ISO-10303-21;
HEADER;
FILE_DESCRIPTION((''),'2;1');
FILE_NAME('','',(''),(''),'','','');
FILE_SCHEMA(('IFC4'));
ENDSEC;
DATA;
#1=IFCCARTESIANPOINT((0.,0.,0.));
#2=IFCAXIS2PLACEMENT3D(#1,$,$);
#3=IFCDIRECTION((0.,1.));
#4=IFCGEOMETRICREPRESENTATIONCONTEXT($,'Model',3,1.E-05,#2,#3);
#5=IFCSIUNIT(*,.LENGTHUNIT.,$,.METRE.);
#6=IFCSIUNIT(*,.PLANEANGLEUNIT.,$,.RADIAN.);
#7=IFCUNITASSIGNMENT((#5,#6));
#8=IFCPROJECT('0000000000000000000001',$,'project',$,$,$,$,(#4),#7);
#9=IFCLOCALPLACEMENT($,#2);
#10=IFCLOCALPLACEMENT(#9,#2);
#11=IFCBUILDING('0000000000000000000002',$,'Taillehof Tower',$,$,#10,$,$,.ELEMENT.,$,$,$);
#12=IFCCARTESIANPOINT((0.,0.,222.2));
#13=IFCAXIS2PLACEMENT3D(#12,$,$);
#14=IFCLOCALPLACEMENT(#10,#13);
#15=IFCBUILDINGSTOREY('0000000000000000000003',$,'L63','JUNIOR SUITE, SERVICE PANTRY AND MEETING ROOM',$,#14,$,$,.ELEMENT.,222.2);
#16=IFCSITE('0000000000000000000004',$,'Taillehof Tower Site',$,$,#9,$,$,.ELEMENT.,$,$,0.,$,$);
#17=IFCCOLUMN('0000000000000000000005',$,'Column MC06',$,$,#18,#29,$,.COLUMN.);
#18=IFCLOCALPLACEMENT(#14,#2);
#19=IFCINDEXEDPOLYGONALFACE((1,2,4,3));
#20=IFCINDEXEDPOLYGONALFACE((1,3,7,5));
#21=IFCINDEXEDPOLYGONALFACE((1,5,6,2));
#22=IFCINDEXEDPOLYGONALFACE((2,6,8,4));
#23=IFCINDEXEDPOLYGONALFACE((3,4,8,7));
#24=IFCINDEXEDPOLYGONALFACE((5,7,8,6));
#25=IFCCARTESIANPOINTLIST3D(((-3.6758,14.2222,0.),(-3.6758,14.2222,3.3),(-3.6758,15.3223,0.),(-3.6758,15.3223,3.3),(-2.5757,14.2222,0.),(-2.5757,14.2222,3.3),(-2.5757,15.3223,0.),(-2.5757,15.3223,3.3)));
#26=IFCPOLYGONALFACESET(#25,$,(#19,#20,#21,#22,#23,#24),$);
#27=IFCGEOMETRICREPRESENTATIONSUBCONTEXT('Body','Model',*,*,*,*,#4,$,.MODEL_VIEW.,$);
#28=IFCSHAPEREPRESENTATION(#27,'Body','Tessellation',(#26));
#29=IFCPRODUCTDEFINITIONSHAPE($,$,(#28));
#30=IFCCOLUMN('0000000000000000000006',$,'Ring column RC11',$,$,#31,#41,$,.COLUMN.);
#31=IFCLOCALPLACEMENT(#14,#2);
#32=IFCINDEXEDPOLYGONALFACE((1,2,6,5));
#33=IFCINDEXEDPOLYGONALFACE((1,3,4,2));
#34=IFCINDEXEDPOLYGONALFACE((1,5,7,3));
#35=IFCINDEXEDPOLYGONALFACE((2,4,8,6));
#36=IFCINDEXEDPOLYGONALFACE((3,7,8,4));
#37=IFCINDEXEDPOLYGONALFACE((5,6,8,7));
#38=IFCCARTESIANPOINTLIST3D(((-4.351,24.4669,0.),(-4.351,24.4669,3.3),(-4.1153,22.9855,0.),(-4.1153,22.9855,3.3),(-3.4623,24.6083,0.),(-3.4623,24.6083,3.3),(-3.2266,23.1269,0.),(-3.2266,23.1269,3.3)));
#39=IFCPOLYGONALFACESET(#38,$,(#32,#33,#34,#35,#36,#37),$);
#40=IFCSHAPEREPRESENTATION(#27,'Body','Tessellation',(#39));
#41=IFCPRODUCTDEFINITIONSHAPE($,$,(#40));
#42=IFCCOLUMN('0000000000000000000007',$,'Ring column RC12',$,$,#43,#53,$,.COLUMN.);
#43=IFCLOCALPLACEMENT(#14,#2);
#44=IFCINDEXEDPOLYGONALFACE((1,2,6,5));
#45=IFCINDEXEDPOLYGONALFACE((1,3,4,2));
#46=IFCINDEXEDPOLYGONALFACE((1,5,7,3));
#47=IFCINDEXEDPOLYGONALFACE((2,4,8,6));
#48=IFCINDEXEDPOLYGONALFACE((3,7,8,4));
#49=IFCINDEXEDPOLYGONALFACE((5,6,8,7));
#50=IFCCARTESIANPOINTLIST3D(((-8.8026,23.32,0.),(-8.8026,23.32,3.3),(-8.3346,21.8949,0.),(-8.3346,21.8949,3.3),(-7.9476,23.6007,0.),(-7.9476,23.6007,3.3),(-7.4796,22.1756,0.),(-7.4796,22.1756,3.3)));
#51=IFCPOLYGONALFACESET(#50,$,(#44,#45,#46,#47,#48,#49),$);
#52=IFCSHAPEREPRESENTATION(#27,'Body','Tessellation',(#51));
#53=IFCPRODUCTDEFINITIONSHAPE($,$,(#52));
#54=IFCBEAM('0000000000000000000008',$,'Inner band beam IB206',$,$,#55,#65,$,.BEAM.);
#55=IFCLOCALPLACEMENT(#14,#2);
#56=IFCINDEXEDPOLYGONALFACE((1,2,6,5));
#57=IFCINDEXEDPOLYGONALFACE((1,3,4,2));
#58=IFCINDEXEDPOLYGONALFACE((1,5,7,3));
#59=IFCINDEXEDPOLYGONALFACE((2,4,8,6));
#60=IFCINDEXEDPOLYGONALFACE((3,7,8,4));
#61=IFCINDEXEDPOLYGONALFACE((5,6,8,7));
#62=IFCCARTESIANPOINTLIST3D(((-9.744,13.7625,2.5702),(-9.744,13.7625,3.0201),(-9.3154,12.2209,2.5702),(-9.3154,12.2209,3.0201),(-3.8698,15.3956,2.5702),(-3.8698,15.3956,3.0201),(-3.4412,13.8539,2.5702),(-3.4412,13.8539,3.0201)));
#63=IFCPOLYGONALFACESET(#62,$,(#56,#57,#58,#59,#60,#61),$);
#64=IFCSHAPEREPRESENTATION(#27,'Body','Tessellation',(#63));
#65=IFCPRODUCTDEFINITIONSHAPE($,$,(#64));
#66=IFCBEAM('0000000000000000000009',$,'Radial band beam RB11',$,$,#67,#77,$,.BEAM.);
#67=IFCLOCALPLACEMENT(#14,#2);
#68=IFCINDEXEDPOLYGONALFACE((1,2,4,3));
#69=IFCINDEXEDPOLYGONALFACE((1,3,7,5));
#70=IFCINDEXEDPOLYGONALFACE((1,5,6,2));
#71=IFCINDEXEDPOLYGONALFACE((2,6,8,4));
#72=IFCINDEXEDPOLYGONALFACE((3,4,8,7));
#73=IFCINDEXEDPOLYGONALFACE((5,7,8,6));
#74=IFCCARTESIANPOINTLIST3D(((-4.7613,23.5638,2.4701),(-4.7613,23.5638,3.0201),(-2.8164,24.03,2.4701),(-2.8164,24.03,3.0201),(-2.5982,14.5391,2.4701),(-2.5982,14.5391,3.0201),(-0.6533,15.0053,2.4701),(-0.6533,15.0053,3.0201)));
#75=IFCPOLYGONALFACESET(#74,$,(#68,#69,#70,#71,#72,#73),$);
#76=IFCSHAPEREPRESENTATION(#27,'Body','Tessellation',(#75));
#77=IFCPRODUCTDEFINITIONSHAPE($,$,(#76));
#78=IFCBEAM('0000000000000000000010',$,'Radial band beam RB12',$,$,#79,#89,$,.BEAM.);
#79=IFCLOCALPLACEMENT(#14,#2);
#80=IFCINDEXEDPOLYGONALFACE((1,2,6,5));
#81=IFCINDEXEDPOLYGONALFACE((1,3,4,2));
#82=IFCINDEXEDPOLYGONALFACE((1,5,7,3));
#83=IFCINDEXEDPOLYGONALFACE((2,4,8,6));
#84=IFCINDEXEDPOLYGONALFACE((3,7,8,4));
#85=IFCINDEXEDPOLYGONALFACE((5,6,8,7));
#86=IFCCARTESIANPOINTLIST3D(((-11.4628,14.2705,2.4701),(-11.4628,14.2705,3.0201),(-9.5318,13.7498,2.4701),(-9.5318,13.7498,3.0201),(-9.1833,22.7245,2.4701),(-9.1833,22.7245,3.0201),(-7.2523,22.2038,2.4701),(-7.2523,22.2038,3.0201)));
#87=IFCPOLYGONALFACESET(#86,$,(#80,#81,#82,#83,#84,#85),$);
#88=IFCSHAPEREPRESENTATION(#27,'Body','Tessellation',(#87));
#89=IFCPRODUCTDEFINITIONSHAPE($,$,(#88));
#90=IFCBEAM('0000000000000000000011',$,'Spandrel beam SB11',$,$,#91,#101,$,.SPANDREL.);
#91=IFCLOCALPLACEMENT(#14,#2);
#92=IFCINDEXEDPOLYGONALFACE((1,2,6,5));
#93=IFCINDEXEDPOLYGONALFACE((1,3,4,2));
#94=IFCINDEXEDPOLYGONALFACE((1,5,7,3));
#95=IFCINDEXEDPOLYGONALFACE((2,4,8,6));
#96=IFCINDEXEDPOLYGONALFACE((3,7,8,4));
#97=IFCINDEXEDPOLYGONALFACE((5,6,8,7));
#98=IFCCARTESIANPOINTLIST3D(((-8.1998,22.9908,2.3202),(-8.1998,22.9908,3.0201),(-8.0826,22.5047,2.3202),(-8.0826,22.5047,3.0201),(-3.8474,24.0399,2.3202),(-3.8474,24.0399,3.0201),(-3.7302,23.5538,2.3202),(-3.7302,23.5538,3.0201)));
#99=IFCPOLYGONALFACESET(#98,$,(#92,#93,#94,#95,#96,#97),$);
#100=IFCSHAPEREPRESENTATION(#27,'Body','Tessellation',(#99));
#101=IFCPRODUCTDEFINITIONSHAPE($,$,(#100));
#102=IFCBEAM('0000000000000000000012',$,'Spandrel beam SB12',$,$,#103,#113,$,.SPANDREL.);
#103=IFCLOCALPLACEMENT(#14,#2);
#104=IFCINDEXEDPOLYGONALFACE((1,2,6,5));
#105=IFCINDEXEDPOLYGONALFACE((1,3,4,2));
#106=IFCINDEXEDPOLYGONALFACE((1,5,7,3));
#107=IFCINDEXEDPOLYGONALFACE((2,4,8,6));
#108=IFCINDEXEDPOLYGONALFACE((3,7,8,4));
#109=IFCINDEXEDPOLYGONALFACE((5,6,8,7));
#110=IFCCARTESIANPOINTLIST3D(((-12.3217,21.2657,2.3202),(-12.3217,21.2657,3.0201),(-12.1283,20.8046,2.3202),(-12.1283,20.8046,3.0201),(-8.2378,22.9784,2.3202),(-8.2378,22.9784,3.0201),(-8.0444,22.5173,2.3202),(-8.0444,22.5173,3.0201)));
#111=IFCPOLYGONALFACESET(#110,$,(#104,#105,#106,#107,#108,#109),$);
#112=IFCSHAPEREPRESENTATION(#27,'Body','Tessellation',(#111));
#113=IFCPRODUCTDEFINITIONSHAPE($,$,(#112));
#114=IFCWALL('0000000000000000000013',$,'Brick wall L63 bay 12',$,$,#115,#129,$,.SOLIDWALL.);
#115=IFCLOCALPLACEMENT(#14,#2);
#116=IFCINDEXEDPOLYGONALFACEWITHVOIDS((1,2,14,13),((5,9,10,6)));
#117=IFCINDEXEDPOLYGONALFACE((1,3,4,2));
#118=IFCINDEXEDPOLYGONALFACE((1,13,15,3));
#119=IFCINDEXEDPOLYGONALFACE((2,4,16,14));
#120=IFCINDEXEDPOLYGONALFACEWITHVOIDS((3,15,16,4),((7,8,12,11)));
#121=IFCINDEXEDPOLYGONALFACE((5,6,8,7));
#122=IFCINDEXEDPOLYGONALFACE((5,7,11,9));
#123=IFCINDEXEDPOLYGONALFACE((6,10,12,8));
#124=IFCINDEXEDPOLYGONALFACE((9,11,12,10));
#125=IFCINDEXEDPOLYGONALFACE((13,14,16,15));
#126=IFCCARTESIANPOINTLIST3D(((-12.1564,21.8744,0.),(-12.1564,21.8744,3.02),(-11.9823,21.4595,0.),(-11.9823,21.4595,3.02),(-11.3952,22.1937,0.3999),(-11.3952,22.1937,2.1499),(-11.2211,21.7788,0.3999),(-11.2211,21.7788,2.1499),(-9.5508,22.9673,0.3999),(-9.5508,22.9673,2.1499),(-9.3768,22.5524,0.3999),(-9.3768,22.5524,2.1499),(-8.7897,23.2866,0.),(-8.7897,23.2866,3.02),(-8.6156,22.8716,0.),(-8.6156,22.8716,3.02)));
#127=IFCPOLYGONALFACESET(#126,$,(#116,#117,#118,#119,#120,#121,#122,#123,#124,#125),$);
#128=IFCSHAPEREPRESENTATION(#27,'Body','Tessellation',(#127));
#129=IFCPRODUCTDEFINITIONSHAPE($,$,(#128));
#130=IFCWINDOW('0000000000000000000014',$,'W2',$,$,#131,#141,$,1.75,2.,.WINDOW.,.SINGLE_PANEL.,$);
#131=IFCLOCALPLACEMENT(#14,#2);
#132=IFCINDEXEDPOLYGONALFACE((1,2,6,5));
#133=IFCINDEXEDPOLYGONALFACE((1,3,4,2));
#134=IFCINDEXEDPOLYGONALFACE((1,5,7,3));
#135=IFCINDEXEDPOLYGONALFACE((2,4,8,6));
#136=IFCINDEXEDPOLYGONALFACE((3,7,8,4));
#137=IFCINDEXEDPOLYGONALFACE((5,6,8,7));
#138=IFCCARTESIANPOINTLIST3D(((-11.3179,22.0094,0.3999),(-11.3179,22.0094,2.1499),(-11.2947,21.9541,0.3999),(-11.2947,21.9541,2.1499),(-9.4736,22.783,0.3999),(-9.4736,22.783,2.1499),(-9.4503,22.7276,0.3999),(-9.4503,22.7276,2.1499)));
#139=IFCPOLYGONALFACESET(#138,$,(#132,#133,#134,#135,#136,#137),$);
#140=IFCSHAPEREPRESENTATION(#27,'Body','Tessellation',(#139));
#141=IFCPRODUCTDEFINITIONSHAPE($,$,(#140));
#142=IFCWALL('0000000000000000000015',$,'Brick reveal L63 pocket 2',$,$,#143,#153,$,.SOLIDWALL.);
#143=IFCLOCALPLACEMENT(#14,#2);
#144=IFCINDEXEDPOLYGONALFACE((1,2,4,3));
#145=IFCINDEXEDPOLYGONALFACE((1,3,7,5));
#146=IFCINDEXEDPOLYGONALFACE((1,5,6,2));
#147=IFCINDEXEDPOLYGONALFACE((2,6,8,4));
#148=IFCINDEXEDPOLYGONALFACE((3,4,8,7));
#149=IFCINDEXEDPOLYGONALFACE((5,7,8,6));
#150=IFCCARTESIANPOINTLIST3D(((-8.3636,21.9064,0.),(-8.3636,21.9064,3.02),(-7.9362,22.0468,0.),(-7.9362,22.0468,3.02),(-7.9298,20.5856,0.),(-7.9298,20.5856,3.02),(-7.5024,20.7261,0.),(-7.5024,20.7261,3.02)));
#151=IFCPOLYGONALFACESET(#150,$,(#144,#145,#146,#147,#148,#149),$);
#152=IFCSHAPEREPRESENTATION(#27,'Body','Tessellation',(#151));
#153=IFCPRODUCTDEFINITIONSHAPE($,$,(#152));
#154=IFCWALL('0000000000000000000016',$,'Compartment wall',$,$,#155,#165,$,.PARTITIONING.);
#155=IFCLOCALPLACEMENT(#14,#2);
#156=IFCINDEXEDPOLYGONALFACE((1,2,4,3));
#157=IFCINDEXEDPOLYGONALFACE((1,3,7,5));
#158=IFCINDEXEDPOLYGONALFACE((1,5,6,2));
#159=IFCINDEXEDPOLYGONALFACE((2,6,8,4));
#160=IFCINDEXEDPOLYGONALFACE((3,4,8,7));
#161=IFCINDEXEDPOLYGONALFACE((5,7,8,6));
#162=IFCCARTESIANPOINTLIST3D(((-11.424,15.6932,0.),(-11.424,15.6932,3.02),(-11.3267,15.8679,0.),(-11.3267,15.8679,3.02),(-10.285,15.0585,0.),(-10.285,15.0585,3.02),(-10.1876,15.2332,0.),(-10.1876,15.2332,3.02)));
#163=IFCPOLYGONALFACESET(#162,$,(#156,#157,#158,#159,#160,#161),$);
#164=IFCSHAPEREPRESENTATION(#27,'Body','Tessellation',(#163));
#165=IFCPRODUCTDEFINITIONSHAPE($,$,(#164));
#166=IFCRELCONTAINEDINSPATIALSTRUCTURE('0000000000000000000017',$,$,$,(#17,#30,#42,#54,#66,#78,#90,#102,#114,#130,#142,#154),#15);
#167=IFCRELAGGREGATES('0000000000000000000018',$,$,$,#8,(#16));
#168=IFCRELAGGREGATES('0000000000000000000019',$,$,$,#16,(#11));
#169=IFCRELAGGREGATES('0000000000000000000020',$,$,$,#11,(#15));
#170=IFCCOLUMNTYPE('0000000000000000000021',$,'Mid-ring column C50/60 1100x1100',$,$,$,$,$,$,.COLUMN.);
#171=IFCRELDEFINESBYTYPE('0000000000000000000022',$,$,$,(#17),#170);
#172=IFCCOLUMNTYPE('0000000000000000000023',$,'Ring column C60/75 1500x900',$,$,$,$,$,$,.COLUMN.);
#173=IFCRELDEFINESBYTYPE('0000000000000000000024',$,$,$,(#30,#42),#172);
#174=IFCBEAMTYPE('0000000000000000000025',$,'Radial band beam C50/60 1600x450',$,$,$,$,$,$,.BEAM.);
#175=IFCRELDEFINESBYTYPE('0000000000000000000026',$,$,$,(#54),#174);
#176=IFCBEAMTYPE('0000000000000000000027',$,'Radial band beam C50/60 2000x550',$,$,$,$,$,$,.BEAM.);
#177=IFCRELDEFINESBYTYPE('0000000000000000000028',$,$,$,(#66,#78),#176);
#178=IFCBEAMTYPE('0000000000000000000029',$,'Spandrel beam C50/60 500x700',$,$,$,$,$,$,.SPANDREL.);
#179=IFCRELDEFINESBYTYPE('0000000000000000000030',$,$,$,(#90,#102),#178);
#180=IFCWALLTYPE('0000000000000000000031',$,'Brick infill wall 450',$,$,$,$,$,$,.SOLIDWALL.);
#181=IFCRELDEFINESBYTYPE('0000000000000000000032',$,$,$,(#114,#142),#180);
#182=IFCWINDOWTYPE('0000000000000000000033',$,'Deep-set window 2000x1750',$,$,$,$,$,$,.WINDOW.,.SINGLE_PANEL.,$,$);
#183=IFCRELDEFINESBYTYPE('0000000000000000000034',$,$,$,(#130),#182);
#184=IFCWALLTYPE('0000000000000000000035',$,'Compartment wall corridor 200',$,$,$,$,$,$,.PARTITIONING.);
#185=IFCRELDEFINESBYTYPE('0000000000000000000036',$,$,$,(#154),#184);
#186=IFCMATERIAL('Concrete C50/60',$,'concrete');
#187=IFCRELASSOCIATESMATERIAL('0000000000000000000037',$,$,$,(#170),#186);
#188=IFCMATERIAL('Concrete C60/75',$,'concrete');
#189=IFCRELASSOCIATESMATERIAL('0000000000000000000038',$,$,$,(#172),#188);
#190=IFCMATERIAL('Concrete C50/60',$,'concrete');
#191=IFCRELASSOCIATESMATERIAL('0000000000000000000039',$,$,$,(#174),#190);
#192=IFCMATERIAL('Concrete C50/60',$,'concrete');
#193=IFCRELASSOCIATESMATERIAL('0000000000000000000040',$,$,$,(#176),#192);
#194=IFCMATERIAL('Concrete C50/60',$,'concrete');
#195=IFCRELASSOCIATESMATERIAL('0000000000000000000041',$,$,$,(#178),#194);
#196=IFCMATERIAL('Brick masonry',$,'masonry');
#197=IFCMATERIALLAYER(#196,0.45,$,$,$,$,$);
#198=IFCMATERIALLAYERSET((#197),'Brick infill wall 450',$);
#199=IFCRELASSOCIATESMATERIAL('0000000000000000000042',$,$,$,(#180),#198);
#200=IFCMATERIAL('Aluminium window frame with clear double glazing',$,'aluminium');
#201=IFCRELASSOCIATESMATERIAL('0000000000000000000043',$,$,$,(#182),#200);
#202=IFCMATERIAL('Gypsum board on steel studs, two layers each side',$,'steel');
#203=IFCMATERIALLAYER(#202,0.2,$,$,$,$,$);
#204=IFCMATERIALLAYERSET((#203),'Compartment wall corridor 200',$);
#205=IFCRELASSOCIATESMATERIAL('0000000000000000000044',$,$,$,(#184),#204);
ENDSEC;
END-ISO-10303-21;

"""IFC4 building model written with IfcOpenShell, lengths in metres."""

from ifc_helpers import new_model, si_unit, direction, frame, frame_2d, origin, origin_2d, place, context, subcontext, project, spatial, rectangle, extrude, material, layer, layer_set, material_profile, profile_set, type_object, element, fill, save


model = new_model("IFC4")

# Units and contexts
model_context = context("Model", 3, precision=1e-05, world=origin(), true_north=direction((0.0, 1.0)))
body_context = subcontext(model_context, "Body", "Model", "MODEL_VIEW")
ifc_project = project(units=[si_unit("LENGTHUNIT", "METRE"), si_unit("PLANEANGLEUNIT", "RADIAN")], contexts=[model_context])

# Site, building, storey
site_placement = place(None, origin())
site = spatial("IfcSite", under=ifc_project, at=site_placement, Name="Taillehof Tower Site", CompositionType="ELEMENT", RefElevation=0.0)
building_placement = place(site_placement, origin())
building = spatial("IfcBuilding", under=site, at=building_placement, Name="Taillehof Tower", CompositionType="ELEMENT")
storey_placement = place(building_placement, frame((0.0, 0.0, 222.2)))
storey = spatial("IfcBuildingStorey", under=building, at=storey_placement, Name="L63", Description="JUNIOR SUITE, SERVICE PANTRY AND MEETING ROOM", CompositionType="ELEMENT", Elevation=222.2)

# Columns
ifc_material_1 = material(Name="Concrete C50/60", Category="concrete")
ifc_material_profile_1 = material_profile(ifc_material_1, rectangle(XDim=1.1001, YDim=1.1001, at=origin_2d()), Name="RC 1100x1100")
ifc_profile_set_1 = profile_set([ifc_material_profile_1], Name="Concrete C50/60")
column_type_1 = type_object("IfcColumnType", Name="Mid-ring column C50/60 1100x1100", PredefinedType="COLUMN", material=ifc_profile_set_1)
column_placement = place(storey_placement, frame((-3.1257, 14.7722, 0.0), z_axis=(0.0, 0.0, 1.0), x_axis=(1.0, 0.0, 0.0)))
element("IfcColumn", 1, at=column_placement, inside=storey, type_object=column_type_1, Name="Column MC06", PredefinedType="COLUMN", context=body_context, shape_type="SweptSolid", body=[
    extrude(rectangle(XDim=1.1001, YDim=1.1001, at=origin_2d()), origin(), (0.0, 0.0, 1.0), 3.3),
])
ifc_material_2 = material(Name="Concrete C60/75", Category="concrete")
ifc_material_profile_2 = material_profile(ifc_material_2, rectangle(XDim=1.5, YDim=0.8999, at=origin_2d()), Name="RC 1500x900")
ifc_profile_set_2 = profile_set([ifc_material_profile_2], Name="Concrete C60/75")
column_type_2 = type_object("IfcColumnType", Name="Ring column C60/75 1500x900", PredefinedType="COLUMN", material=ifc_profile_set_2)
for number, where, z_axis, x_axis, name in (
    (2, (-3.7888, 23.7969, 0.0), (0.0, 0.0, 1.0), (-0.157116, 0.98758, 0.0), "Ring column RC11"),
    (3, (-8.1411, 22.7478, 0.0), (0.0, 0.0, 1.0), (-0.312001, 0.950082, 0.0), "Ring column RC12"),
):
    element("IfcColumn", number, at=place(storey_placement, frame(where, z_axis=z_axis, x_axis=x_axis)), inside=storey, type_object=column_type_2, Name=name, PredefinedType="COLUMN", context=body_context, shape_type="SweptSolid", body=[
        extrude(rectangle(XDim=1.5, YDim=0.8999, at=origin_2d()), origin(), (0.0, 0.0, 1.0), 3.3),
    ])

# Beams
ifc_material_3 = material(Name="Concrete C50/60", Category="concrete")
ifc_material_profile_3 = material_profile(ifc_material_3, rectangle(XDim=1.6001, YDim=0.45, at=origin_2d()), Name="RC 1600x450")
ifc_profile_set_3 = profile_set([ifc_material_profile_3], Name="Concrete C50/60")
beam_type_1 = type_object("IfcBeamType", Name="Radial band beam C50/60 1600x450", PredefinedType="BEAM", material=ifc_profile_set_3)
beam_1_placement = place(storey_placement, frame((-3.6555, 14.6248, 2.7952), z_axis=(-0.963459, -0.267855, 0.0), x_axis=(0.267855, -0.963459, 0.0)))
element("IfcBeam", 4, at=beam_1_placement, inside=storey, type_object=beam_type_1, Name="Inner band beam IB206", PredefinedType="BEAM", context=body_context, shape_type="SweptSolid", body=[
    extrude(rectangle(XDim=1.6001, YDim=0.45, at=origin_2d()), origin(), (0.0, 0.0, 1.0), 6.0969),
])
ifc_material_4 = material(Name="Concrete C50/60", Category="concrete")
ifc_material_profile_4 = material_profile(ifc_material_4, rectangle(XDim=2.0, YDim=0.55, at=origin_2d()), Name="RC 2000x550")
ifc_profile_set_4 = profile_set([ifc_material_profile_4], Name="Concrete C50/60")
beam_type_2 = type_object("IfcBeamType", Name="Radial band beam C50/60 2000x550", PredefinedType="BEAM", material=ifc_profile_set_4)
beam_2_placement = place(storey_placement, frame((-3.7888, 23.7969, 2.7451), z_axis=(0.233084, -0.972457, 0.0), x_axis=(0.972457, 0.233084, 0.0)))
element("IfcBeam", 5, at=beam_2_placement, inside=storey, type_object=beam_type_2, Name="Radial band beam RB11", PredefinedType="BEAM", context=body_context, shape_type="SweptSolid", body=[
    extrude(rectangle(XDim=2.0, YDim=0.55, at=origin_2d()), origin(), (0.0, 0.0, 1.0), 9.2803),
])
beam_3_placement = place(storey_placement, frame((-8.2178, 22.4641, 2.7451), z_axis=(-0.260346, -0.965515, 0.0), x_axis=(0.965515, -0.260346, 0.0)))
element("IfcBeam", 6, at=beam_3_placement, inside=storey, type_object=beam_type_2, Name="Radial band beam RB12", PredefinedType="BEAM", context=body_context, shape_type="SweptSolid", body=[
    extrude(rectangle(XDim=2.0, YDim=0.55, at=origin_2d()), origin(), (0.0, 0.0, 1.0), 8.7559),
])
ifc_material_5 = material(Name="Concrete C50/60", Category="concrete")
ifc_material_profile_5 = material_profile(ifc_material_5, rectangle(XDim=0.5, YDim=0.7, at=origin_2d()), Name="RC 500x700")
ifc_profile_set_5 = profile_set([ifc_material_profile_5], Name="Concrete C50/60")
beam_type_3 = type_object("IfcBeamType", Name="Spandrel beam C50/60 500x700", PredefinedType="SPANDREL", material=ifc_profile_set_5)
beam_4_placement = place(storey_placement, frame((-3.7888, 23.7969, 2.6702), z_axis=(-0.972158, -0.234328, 0.0), x_axis=(0.234328, -0.972158, 0.0)))
element("IfcBeam", 7, at=beam_4_placement, inside=storey, type_object=beam_type_3, Name="Spandrel beam SB11", PredefinedType="SPANDREL", context=body_context, shape_type="SweptSolid", body=[
    extrude(rectangle(XDim=0.5, YDim=0.7, at=origin_2d()), origin(), (0.0, 0.0, 1.0), 4.4771),
])
beam_5_placement = place(storey_placement, frame((-8.1411, 22.7478, 2.6702), z_axis=(-0.922194, -0.386728, 0.0), x_axis=(0.386728, -0.922194, 0.0)))
element("IfcBeam", 8, at=beam_5_placement, inside=storey, type_object=beam_type_3, Name="Spandrel beam SB12", PredefinedType="SPANDREL", context=body_context, shape_type="SweptSolid", body=[
    extrude(rectangle(XDim=0.5, YDim=0.7, at=origin_2d()), origin(), (0.0, 0.0, 1.0), 4.4285),
])

# Wall, opening, window
ifc_material_6 = material(Name="Brick masonry", Category="masonry")
ifc_layer_1 = layer(ifc_material_6, 0.45)
ifc_layer_set_1 = layer_set([ifc_layer_1], Name="Brick infill wall 450")
wall_type_1 = type_object("IfcWallType", Name="Brick infill wall 450", PredefinedType="SOLIDWALL", material=ifc_layer_set_1)
wall_1_placement = place(storey_placement, frame((-8.7026, 23.0791, 0.0), z_axis=(0.0, 0.0, 1.0), x_axis=(-0.922168, -0.386789, 0.0)))
wall_1 = element("IfcWall", 9, at=wall_1_placement, inside=storey, type_object=wall_type_1, Name="Brick wall L63 bay 12", PredefinedType="SOLIDWALL", context=body_context, shape_type="SweptSolid", body=[
    extrude(rectangle(XDim=3.6509, YDim=0.45, at=frame_2d((1.8254, 0.0))), origin(), (0.0, 0.0, 1.0), 3.02),
])
opening_1_placement = place(wall_1_placement, frame((0.8254, 0.0, 0.3999)))
opening_1 = element("IfcOpeningElement", 10, at=opening_1_placement, cuts=wall_1, PredefinedType="OPENING", context=body_context, shape_type="SweptSolid", body=[
    extrude(rectangle(XDim=2.0, YDim=1.75, at=frame_2d((1.0, 0.875))), frame((0.0, 0.2349, 0.0), z_axis=(0.0, -1.0, 0.0), x_axis=(1.0, 0.0, 0.0)), (0.0, 0.0, 1.0), 0.47),
])
ifc_material_7 = material(Name="Aluminium window frame with clear double glazing", Category="aluminium")
window_type_1 = type_object("IfcWindowType", Name="Deep-set window 2000x1750", PartitioningType="SINGLE_PANEL", PredefinedType="WINDOW", material=ifc_material_7)
window_1_placement = place(opening_1_placement, origin())
window_1 = element("IfcWindow", 11, at=window_1_placement, inside=storey, type_object=window_type_1, Name="W2", OverallHeight=1.75, OverallWidth=2.0, PartitioningType="SINGLE_PANEL", PredefinedType="WINDOW", context=body_context, shape_type="SweptSolid", body=[
    extrude(rectangle(XDim=2.0, YDim=1.75, at=frame_2d((1.0, 0.875))), frame((0.0, 0.0349, 0.0), z_axis=(0.0, -1.0, 0.0), x_axis=(1.0, 0.0, 0.0)), (0.0, 0.0, 1.0), 0.0601),
])
fill(opening_1, window_1)

# Wall
wall_2_placement = place(storey_placement, frame((-8.1499, 21.9766, 0.0), z_axis=(0.0, 0.0, 1.0), x_axis=(0.312063, -0.950062, 0.0)))
element("IfcWall", 12, at=wall_2_placement, inside=storey, type_object=wall_type_1, Name="Brick reveal L63 pocket 2", PredefinedType="SOLIDWALL", context=body_context, shape_type="SweptSolid", body=[
    extrude(rectangle(XDim=1.3901, YDim=0.45, at=frame_2d((0.6951, 0.0))), origin(), (0.0, 0.0, 1.0), 3.02),
])

# Wall
ifc_material_8 = material(Name="Gypsum board on steel studs, two layers each side", Category="steel")
ifc_layer_2 = layer(ifc_material_8, 0.2)
ifc_layer_set_2 = layer_set([ifc_layer_2], Name="Compartment wall corridor 200")
wall_type_2 = type_object("IfcWallType", Name="Compartment wall corridor 200", PredefinedType="PARTITIONING", material=ifc_layer_set_2)
wall_3_placement = place(storey_placement, frame((-11.3752, 15.7805, 0.0), z_axis=(0.0, 0.0, 1.0), x_axis=(0.873538, -0.486755, 0.0)))
element("IfcWall", 13, at=wall_3_placement, inside=storey, type_object=wall_type_2, Name="Compartment wall", PredefinedType="PARTITIONING", context=body_context, shape_type="SweptSolid", body=[
    extrude(rectangle(XDim=1.304, YDim=0.2, at=frame_2d((0.6519, 0.0))), origin(), (0.0, 0.0, 1.0), 3.02),
])

save(model, "model.ifc")
